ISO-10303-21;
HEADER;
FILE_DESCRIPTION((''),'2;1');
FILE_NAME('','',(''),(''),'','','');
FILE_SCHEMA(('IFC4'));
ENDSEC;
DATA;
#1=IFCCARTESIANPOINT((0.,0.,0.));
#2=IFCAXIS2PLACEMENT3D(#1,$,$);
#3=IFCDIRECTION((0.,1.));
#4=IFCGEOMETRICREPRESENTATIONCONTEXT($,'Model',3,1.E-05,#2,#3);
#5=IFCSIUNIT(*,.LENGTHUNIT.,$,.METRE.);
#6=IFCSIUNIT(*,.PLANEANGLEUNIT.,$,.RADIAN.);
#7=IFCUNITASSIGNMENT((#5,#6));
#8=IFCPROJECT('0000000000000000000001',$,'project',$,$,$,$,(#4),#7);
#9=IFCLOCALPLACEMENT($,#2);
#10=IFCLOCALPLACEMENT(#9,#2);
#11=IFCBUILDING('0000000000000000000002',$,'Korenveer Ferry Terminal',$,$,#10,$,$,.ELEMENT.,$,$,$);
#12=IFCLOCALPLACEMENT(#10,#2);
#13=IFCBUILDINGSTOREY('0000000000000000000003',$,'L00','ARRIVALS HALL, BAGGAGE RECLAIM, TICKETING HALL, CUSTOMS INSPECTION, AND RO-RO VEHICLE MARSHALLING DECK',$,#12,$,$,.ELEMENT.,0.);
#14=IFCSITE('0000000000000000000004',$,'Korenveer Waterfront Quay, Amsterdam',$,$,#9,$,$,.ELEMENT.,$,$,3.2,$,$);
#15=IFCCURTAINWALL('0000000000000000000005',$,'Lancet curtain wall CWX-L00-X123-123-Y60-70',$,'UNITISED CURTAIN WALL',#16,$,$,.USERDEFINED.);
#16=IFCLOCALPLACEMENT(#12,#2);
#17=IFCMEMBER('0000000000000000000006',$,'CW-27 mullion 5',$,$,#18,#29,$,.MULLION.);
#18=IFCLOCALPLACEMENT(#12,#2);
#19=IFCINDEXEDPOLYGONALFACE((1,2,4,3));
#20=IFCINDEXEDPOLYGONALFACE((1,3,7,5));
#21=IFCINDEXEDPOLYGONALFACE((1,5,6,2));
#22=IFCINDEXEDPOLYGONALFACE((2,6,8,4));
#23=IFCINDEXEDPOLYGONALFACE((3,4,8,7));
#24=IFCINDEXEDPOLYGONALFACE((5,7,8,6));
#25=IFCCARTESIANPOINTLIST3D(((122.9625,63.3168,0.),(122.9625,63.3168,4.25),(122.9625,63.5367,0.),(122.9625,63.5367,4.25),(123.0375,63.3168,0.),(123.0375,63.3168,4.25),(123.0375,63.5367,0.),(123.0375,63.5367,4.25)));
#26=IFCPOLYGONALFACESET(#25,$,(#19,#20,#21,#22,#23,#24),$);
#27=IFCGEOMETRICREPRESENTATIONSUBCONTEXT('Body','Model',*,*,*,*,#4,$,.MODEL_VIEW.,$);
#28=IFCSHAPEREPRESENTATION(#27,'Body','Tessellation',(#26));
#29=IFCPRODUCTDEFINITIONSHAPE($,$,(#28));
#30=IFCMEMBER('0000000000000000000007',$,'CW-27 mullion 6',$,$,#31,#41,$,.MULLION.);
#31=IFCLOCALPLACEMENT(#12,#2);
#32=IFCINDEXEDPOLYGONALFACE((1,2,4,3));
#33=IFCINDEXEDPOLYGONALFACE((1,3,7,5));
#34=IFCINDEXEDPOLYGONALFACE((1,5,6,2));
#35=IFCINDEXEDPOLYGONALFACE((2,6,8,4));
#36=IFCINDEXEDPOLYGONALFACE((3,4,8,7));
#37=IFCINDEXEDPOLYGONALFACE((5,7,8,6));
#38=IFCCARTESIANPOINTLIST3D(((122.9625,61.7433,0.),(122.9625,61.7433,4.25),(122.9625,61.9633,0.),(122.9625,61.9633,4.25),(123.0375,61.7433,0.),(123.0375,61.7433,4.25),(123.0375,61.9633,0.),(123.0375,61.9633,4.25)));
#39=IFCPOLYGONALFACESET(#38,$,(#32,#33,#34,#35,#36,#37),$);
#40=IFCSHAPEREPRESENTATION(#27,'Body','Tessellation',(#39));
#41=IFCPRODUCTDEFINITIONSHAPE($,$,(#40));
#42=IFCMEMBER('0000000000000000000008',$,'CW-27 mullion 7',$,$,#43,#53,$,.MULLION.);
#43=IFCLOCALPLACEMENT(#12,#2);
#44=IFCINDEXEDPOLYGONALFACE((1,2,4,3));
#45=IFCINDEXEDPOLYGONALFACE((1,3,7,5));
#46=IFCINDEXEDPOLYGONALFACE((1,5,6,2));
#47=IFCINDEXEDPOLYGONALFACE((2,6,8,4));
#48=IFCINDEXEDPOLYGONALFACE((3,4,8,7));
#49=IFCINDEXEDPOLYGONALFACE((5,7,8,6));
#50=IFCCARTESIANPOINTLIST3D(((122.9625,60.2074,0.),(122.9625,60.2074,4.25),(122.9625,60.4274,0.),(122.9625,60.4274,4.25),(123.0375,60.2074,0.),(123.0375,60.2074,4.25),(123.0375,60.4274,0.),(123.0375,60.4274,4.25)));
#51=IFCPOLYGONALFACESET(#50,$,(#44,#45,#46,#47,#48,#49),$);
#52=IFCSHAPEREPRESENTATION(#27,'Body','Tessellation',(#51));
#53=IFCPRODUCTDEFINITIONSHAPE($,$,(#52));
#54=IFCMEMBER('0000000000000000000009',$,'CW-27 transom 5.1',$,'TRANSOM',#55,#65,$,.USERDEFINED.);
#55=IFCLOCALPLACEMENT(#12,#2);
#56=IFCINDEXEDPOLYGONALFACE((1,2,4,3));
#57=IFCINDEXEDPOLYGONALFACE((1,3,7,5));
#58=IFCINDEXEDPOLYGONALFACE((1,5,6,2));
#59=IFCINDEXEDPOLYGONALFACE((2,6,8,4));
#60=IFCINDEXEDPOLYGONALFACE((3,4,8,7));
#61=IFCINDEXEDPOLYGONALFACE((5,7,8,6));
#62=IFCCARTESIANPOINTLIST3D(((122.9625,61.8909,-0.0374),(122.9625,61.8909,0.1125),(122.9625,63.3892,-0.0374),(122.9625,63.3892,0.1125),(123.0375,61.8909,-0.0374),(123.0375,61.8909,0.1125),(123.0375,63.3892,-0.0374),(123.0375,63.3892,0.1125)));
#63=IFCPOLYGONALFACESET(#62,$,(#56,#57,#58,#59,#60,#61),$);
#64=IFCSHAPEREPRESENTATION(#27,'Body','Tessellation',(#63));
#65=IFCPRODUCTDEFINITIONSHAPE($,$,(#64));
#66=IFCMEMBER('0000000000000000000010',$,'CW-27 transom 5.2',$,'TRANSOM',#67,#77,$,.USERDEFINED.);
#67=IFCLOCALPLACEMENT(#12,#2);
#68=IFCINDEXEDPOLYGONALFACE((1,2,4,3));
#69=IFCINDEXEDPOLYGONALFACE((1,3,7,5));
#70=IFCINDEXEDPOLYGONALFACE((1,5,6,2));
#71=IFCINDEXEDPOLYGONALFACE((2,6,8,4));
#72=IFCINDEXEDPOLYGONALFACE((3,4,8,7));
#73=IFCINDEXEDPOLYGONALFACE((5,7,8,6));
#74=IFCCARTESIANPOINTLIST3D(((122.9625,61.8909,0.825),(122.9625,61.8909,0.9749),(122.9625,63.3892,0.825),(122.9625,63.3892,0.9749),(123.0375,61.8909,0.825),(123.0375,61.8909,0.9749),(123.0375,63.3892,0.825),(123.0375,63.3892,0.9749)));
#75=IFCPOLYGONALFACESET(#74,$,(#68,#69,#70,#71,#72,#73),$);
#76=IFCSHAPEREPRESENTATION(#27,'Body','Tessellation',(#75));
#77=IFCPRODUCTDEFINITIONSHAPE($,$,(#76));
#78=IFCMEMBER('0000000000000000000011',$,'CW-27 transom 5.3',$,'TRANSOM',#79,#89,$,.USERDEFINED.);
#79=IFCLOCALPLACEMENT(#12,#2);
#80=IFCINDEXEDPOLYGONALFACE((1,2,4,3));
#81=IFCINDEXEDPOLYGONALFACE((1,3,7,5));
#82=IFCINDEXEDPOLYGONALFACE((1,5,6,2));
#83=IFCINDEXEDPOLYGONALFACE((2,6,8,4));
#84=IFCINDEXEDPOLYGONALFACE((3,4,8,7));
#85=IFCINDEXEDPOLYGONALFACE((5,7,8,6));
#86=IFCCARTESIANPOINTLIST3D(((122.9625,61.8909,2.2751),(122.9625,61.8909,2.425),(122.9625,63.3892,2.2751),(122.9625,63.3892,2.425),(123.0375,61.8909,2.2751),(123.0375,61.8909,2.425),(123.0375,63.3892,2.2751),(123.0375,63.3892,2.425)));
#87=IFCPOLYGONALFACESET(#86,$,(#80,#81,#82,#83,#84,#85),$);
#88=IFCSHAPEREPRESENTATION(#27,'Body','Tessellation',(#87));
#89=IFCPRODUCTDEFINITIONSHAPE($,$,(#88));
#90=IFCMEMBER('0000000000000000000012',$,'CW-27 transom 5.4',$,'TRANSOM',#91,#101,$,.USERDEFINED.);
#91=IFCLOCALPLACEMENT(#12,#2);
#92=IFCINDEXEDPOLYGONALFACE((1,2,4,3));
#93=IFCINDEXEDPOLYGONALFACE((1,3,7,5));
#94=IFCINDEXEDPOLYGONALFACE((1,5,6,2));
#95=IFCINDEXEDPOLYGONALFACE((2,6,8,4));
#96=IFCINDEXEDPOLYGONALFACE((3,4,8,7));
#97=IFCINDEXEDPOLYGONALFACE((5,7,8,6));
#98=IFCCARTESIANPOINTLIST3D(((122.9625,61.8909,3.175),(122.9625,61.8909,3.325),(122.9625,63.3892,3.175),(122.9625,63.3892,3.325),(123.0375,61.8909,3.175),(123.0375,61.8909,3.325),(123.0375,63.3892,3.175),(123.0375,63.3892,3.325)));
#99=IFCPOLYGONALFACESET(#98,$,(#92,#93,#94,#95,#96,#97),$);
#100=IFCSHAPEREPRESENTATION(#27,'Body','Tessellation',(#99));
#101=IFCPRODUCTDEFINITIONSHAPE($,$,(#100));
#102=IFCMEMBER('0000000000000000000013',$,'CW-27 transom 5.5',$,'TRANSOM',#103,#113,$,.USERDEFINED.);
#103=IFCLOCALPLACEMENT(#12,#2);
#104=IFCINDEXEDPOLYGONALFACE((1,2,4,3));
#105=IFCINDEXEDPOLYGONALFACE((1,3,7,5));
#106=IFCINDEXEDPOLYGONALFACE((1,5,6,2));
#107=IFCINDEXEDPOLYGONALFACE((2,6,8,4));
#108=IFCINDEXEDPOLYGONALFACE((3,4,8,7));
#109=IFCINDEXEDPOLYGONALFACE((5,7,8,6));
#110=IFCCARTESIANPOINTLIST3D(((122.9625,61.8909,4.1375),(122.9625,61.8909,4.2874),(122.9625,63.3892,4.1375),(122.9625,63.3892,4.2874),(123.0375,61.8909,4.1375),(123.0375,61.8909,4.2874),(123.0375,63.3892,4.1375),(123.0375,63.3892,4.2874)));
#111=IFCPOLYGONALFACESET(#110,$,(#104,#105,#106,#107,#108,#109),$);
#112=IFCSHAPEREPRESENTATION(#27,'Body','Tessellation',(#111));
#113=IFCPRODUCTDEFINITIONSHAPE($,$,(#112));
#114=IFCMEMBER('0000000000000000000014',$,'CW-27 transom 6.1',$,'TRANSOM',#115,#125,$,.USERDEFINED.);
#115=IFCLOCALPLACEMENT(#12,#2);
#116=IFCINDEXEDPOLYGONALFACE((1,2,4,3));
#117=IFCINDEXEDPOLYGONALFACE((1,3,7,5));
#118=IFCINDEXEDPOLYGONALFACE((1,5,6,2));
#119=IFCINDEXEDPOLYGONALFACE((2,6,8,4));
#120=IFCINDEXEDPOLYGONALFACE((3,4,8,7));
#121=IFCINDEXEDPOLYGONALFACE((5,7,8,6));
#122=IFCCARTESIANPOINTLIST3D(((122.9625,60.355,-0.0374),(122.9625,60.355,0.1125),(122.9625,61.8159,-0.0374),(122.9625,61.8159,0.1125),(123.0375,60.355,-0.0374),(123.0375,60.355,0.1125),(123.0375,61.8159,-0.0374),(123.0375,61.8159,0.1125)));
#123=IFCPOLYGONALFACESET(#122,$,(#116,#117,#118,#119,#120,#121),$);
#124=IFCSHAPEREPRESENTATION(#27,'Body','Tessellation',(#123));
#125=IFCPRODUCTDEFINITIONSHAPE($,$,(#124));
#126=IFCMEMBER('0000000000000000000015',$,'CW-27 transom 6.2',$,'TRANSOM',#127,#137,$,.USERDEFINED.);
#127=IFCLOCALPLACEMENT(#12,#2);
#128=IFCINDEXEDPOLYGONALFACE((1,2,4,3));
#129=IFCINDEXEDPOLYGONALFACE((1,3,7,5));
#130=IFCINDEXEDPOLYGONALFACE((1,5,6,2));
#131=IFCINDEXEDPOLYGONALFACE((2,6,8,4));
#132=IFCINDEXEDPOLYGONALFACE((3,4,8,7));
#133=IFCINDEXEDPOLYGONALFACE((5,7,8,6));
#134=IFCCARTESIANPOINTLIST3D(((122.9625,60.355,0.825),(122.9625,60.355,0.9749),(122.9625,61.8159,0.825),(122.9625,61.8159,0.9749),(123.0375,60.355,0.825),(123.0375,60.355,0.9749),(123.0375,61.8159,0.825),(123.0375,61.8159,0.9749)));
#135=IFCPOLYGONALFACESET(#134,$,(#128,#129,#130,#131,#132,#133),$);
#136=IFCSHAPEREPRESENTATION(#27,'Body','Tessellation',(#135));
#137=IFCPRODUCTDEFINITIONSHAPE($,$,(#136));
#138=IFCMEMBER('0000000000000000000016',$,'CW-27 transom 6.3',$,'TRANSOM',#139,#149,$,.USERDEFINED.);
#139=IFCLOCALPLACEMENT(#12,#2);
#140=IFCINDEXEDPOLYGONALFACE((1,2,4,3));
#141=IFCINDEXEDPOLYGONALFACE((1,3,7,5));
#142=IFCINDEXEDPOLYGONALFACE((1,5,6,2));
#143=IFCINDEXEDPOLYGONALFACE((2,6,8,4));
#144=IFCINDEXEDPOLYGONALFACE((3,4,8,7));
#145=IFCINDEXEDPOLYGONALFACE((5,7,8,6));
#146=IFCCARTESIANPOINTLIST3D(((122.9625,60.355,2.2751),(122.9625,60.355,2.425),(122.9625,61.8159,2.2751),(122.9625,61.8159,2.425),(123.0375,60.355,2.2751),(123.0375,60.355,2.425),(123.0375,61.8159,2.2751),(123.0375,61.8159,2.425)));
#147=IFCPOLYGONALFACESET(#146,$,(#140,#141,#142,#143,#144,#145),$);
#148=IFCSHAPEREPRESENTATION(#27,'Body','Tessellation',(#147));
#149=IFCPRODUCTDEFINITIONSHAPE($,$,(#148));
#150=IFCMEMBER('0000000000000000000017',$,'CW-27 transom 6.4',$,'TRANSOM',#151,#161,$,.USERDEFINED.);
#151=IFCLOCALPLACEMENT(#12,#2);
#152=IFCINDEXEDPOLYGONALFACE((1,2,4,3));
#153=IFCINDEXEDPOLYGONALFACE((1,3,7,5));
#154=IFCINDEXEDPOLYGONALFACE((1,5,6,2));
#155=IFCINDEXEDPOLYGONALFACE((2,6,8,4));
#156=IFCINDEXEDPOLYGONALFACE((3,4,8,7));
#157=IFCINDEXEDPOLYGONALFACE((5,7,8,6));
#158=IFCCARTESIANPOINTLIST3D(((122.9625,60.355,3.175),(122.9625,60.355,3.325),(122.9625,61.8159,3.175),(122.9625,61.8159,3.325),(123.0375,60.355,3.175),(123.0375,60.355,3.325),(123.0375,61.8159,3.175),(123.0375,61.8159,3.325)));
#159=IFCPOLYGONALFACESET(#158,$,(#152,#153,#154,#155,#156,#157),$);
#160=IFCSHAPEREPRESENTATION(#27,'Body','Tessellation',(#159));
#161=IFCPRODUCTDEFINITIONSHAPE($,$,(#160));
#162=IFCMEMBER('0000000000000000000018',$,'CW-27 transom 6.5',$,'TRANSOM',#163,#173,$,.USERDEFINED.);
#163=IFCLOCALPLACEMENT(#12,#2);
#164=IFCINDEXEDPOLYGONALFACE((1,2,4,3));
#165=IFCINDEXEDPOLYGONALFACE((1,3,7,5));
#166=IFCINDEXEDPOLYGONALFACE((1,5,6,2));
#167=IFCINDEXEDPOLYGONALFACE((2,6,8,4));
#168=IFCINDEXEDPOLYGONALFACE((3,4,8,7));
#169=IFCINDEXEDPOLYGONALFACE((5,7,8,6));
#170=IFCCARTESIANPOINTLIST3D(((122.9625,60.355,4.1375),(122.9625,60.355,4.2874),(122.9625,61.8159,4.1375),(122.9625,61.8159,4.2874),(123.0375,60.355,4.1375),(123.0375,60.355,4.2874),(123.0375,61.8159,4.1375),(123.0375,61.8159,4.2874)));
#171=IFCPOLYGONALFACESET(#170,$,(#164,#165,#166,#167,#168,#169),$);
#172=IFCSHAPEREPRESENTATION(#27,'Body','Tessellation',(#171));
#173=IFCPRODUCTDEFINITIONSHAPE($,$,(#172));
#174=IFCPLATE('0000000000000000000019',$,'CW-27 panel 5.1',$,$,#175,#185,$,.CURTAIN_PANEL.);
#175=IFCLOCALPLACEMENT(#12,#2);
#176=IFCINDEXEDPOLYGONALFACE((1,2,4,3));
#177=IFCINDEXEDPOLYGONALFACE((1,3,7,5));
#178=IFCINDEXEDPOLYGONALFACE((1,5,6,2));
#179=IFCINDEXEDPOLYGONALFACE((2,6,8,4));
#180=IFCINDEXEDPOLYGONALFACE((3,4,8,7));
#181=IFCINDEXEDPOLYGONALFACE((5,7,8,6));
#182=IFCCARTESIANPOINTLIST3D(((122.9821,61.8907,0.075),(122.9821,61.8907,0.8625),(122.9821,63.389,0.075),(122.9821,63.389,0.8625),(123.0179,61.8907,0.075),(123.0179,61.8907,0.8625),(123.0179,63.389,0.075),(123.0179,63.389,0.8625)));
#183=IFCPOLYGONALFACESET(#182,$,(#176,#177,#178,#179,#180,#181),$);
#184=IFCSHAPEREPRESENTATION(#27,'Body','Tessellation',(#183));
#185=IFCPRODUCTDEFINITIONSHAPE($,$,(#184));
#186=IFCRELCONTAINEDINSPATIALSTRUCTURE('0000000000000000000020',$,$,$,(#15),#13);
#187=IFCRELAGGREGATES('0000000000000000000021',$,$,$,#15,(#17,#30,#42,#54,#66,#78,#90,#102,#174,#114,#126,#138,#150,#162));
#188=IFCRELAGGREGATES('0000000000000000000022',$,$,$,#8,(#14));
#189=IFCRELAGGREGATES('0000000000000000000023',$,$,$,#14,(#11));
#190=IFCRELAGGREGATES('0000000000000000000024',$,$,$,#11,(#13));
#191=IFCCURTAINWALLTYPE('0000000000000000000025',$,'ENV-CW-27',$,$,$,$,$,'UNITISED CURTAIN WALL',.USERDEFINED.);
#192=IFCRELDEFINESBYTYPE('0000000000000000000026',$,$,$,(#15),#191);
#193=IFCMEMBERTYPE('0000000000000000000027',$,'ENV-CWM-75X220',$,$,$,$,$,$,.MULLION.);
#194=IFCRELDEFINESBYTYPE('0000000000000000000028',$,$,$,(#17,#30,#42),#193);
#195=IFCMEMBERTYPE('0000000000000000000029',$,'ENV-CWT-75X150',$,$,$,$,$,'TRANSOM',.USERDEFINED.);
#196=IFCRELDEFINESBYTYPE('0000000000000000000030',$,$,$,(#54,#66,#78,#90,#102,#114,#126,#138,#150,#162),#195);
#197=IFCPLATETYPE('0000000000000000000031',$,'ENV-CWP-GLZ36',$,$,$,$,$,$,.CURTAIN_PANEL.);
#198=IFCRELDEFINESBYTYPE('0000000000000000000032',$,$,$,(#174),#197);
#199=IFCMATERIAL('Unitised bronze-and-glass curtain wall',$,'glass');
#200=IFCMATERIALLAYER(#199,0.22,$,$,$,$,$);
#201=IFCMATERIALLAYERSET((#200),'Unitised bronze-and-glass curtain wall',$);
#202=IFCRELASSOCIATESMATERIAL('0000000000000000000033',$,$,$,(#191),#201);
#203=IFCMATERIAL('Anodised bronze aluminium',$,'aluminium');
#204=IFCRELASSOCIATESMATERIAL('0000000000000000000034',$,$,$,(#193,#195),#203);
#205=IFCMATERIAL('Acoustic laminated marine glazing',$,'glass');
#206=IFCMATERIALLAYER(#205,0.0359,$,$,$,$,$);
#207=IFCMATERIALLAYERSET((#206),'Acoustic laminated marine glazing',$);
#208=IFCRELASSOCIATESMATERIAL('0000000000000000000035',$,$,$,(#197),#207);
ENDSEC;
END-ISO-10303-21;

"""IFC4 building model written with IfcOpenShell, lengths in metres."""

from ifc_helpers import new_model, si_unit, direction, frame, origin, origin_2d, place, context, subcontext, project, spatial, rectangle, extrude, material, layer, layer_set, material_profile, profile_set, type_object, element, aggregate, save


model = new_model("IFC4")

# Units and contexts
model_context = context("Model", 3, precision=1e-05, world=origin(), true_north=direction((0.0, 1.0)))
body_context = subcontext(model_context, "Body", "Model", "MODEL_VIEW")
ifc_project = project(units=[si_unit("LENGTHUNIT", "METRE"), si_unit("PLANEANGLEUNIT", "RADIAN")], contexts=[model_context])

# Site, building, storey
site_placement = place(None, origin())
site = spatial("IfcSite", under=ifc_project, at=site_placement, Name="Korenveer Waterfront Quay, Amsterdam", CompositionType="ELEMENT", RefElevation=3.2)
building_placement = place(site_placement, origin())
building = spatial("IfcBuilding", under=site, at=building_placement, Name="Korenveer Ferry Terminal", CompositionType="ELEMENT")
storey_placement = place(building_placement, origin())
storey = spatial("IfcBuildingStorey", under=building, at=storey_placement, Name="L00", Description="ARRIVALS HALL, BAGGAGE RECLAIM, TICKETING HALL, CUSTOMS INSPECTION, AND RO-RO VEHICLE MARSHALLING DECK", CompositionType="ELEMENT", Elevation=0.0)

# Curtain wall, members, plate
ifc_material_1 = material(Name="Unitised bronze-and-glass curtain wall", Category="glass")
ifc_layer_1 = layer(ifc_material_1, 0.22)
ifc_layer_set_1 = layer_set([ifc_layer_1], Name="Unitised bronze-and-glass curtain wall")
curtain_wall_type = type_object("IfcCurtainWallType", Name="ENV-CW-27", ElementType="UNITISED CURTAIN WALL", PredefinedType="USERDEFINED", material=ifc_layer_set_1)
curtain_wall_placement = place(storey_placement, frame((123.0, 69.72, 0.0)))
curtain_wall = element("IfcCurtainWall", 1, at=curtain_wall_placement, inside=storey, type_object=curtain_wall_type, Name="Lancet curtain wall CWX-L00-X123-123-Y60-70", ObjectType="UNITISED CURTAIN WALL", PredefinedType="USERDEFINED")
ifc_material_2 = material(Name="Anodised bronze aluminium", Category="aluminium")
ifc_material_profile_1 = material_profile(ifc_material_2, rectangle(XDim=0.075, YDim=0.22, at=origin_2d()), Name="ALU 75x220")
ifc_profile_set_1 = profile_set([ifc_material_profile_1], Name="Anodised bronze aluminium")
member_type_1 = type_object("IfcMemberType", Name="ENV-CWM-75X220", PredefinedType="MULLION", material=ifc_profile_set_1)
member_1_placement = place(storey_placement, frame((123.0, 63.4268, 0.0), z_axis=(0.0, 0.0, 1.0), x_axis=(1.0, 0.0, 0.0)))
member_1 = element("IfcMember", 2, at=member_1_placement, type_object=member_type_1, Name="CW-27 mullion 5", PredefinedType="MULLION", context=body_context, shape_type="SweptSolid", body=[
    extrude(rectangle(XDim=0.075, YDim=0.22, at=origin_2d()), origin(), (0.0, 0.0, 1.0), 4.25),
])
member_2_placement = place(storey_placement, frame((123.0, 61.8533, 0.0), z_axis=(0.0, 0.0, 1.0), x_axis=(1.0, 0.0, 0.0)))
member_2 = element("IfcMember", 3, at=member_2_placement, type_object=member_type_1, Name="CW-27 mullion 6", PredefinedType="MULLION", context=body_context, shape_type="SweptSolid", body=[
    extrude(rectangle(XDim=0.075, YDim=0.22, at=origin_2d()), origin(), (0.0, 0.0, 1.0), 4.25),
])
member_3_placement = place(storey_placement, frame((123.0, 60.3174, 0.0), z_axis=(0.0, 0.0, 1.0), x_axis=(1.0, 0.0, 0.0)))
member_3 = element("IfcMember", 4, at=member_3_placement, type_object=member_type_1, Name="CW-27 mullion 7", PredefinedType="MULLION", context=body_context, shape_type="SweptSolid", body=[
    extrude(rectangle(XDim=0.075, YDim=0.22, at=origin_2d()), origin(), (0.0, 0.0, 1.0), 4.25),
])
ifc_material_profile_2 = material_profile(ifc_material_2, rectangle(XDim=0.075, YDim=0.1499, at=origin_2d()), Name="ALU 75x150")
ifc_profile_set_2 = profile_set([ifc_material_profile_2], Name="Anodised bronze aluminium")
member_type_2 = type_object("IfcMemberType", Name="ENV-CWT-75X150", ElementType="TRANSOM", PredefinedType="USERDEFINED", material=ifc_profile_set_2)
member_4_placement = place(storey_placement, frame((123.0, 63.3892, 0.0376), z_axis=(0.0, -1.0, 0.0), x_axis=(1.0, 0.0, 0.0)))
member_4 = element("IfcMember", 5, at=member_4_placement, type_object=member_type_2, Name="CW-27 transom 5.1", ObjectType="TRANSOM", PredefinedType="USERDEFINED", context=body_context, shape_type="SweptSolid", body=[
    extrude(rectangle(XDim=0.075, YDim=0.1499, at=origin_2d()), origin(), (0.0, 0.0, 1.0), 1.4983),
])
member_5_placement = place(storey_placement, frame((123.0, 63.3892, 0.8999), z_axis=(0.0, -1.0, 0.0), x_axis=(1.0, 0.0, 0.0)))
member_5 = element("IfcMember", 6, at=member_5_placement, type_object=member_type_2, Name="CW-27 transom 5.2", ObjectType="TRANSOM", PredefinedType="USERDEFINED", context=body_context, shape_type="SweptSolid", body=[
    extrude(rectangle(XDim=0.075, YDim=0.1499, at=origin_2d()), origin(), (0.0, 0.0, 1.0), 1.4983),
])
member_6_placement = place(storey_placement, frame((123.0, 63.3892, 2.3501), z_axis=(0.0, -1.0, 0.0), x_axis=(1.0, 0.0, 0.0)))
member_6 = element("IfcMember", 7, at=member_6_placement, type_object=member_type_2, Name="CW-27 transom 5.3", ObjectType="TRANSOM", PredefinedType="USERDEFINED", context=body_context, shape_type="SweptSolid", body=[
    extrude(rectangle(XDim=0.075, YDim=0.1499, at=origin_2d()), origin(), (0.0, 0.0, 1.0), 1.4983),
])
member_7_placement = place(storey_placement, frame((123.0, 63.3892, 3.25), z_axis=(0.0, -1.0, 0.0), x_axis=(1.0, 0.0, 0.0)))
member_7 = element("IfcMember", 8, at=member_7_placement, type_object=member_type_2, Name="CW-27 transom 5.4", ObjectType="TRANSOM", PredefinedType="USERDEFINED", context=body_context, shape_type="SweptSolid", body=[
    extrude(rectangle(XDim=0.075, YDim=0.1499, at=origin_2d()), origin(), (0.0, 0.0, 1.0), 1.4983),
])
member_8_placement = place(storey_placement, frame((123.0, 63.3892, 4.2124), z_axis=(0.0, -1.0, 0.0), x_axis=(1.0, 0.0, 0.0)))
member_8 = element("IfcMember", 9, at=member_8_placement, type_object=member_type_2, Name="CW-27 transom 5.5", ObjectType="TRANSOM", PredefinedType="USERDEFINED", context=body_context, shape_type="SweptSolid", body=[
    extrude(rectangle(XDim=0.075, YDim=0.1499, at=origin_2d()), origin(), (0.0, 0.0, 1.0), 1.4983),
])
member_9_placement = place(storey_placement, frame((123.0, 61.8159, 0.0376), z_axis=(0.0, -1.0, 0.0), x_axis=(1.0, 0.0, 0.0)))
member_9 = element("IfcMember", 10, at=member_9_placement, type_object=member_type_2, Name="CW-27 transom 6.1", ObjectType="TRANSOM", PredefinedType="USERDEFINED", context=body_context, shape_type="SweptSolid", body=[
    extrude(rectangle(XDim=0.075, YDim=0.1499, at=origin_2d()), origin(), (0.0, 0.0, 1.0), 1.4609),
])
member_10_placement = place(storey_placement, frame((123.0, 61.8159, 0.8999), z_axis=(0.0, -1.0, 0.0), x_axis=(1.0, 0.0, 0.0)))
member_10 = element("IfcMember", 11, at=member_10_placement, type_object=member_type_2, Name="CW-27 transom 6.2", ObjectType="TRANSOM", PredefinedType="USERDEFINED", context=body_context, shape_type="SweptSolid", body=[
    extrude(rectangle(XDim=0.075, YDim=0.1499, at=origin_2d()), origin(), (0.0, 0.0, 1.0), 1.4609),
])
member_11_placement = place(storey_placement, frame((123.0, 61.8159, 2.3501), z_axis=(0.0, -1.0, 0.0), x_axis=(1.0, 0.0, 0.0)))
member_11 = element("IfcMember", 12, at=member_11_placement, type_object=member_type_2, Name="CW-27 transom 6.3", ObjectType="TRANSOM", PredefinedType="USERDEFINED", context=body_context, shape_type="SweptSolid", body=[
    extrude(rectangle(XDim=0.075, YDim=0.1499, at=origin_2d()), origin(), (0.0, 0.0, 1.0), 1.4609),
])
member_12_placement = place(storey_placement, frame((123.0, 61.8159, 3.25), z_axis=(0.0, -1.0, 0.0), x_axis=(1.0, 0.0, 0.0)))
member_12 = element("IfcMember", 13, at=member_12_placement, type_object=member_type_2, Name="CW-27 transom 6.4", ObjectType="TRANSOM", PredefinedType="USERDEFINED", context=body_context, shape_type="SweptSolid", body=[
    extrude(rectangle(XDim=0.075, YDim=0.1499, at=origin_2d()), origin(), (0.0, 0.0, 1.0), 1.4609),
])
member_13_placement = place(storey_placement, frame((123.0, 61.8159, 4.2124), z_axis=(0.0, -1.0, 0.0), x_axis=(1.0, 0.0, 0.0)))
member_13 = element("IfcMember", 14, at=member_13_placement, type_object=member_type_2, Name="CW-27 transom 6.5", ObjectType="TRANSOM", PredefinedType="USERDEFINED", context=body_context, shape_type="SweptSolid", body=[
    extrude(rectangle(XDim=0.075, YDim=0.1499, at=origin_2d()), origin(), (0.0, 0.0, 1.0), 1.4609),
])
ifc_material_3 = material(Name="Acoustic laminated marine glazing", Category="glass")
ifc_layer_2 = layer(ifc_material_3, 0.0359)
ifc_layer_set_2 = layer_set([ifc_layer_2], Name="Acoustic laminated marine glazing")
plate_type = type_object("IfcPlateType", Name="ENV-CWP-GLZ36", PredefinedType="CURTAIN_PANEL", material=ifc_layer_set_2)
plate_1_placement = place(storey_placement, frame((123.0, 62.6399, 0.075), z_axis=(0.0, 0.0, 1.0), x_axis=(0.0, -1.0, 0.0)))
plate_1 = element("IfcPlate", 15, at=plate_1_placement, type_object=plate_type, Name="CW-27 panel 5.1", PredefinedType="CURTAIN_PANEL", context=body_context, shape_type="SweptSolid", body=[
    extrude(rectangle(XDim=1.4983, YDim=0.0359, at=origin_2d()), origin(), (0.0, 0.0, 1.0), 0.7876),
])
aggregate(curtain_wall, [member_1, member_2, member_3, member_4, member_5, member_6, member_7, member_8, plate_1, member_9, member_10, member_11, member_12, member_13])

save(model, "model.ifc")
